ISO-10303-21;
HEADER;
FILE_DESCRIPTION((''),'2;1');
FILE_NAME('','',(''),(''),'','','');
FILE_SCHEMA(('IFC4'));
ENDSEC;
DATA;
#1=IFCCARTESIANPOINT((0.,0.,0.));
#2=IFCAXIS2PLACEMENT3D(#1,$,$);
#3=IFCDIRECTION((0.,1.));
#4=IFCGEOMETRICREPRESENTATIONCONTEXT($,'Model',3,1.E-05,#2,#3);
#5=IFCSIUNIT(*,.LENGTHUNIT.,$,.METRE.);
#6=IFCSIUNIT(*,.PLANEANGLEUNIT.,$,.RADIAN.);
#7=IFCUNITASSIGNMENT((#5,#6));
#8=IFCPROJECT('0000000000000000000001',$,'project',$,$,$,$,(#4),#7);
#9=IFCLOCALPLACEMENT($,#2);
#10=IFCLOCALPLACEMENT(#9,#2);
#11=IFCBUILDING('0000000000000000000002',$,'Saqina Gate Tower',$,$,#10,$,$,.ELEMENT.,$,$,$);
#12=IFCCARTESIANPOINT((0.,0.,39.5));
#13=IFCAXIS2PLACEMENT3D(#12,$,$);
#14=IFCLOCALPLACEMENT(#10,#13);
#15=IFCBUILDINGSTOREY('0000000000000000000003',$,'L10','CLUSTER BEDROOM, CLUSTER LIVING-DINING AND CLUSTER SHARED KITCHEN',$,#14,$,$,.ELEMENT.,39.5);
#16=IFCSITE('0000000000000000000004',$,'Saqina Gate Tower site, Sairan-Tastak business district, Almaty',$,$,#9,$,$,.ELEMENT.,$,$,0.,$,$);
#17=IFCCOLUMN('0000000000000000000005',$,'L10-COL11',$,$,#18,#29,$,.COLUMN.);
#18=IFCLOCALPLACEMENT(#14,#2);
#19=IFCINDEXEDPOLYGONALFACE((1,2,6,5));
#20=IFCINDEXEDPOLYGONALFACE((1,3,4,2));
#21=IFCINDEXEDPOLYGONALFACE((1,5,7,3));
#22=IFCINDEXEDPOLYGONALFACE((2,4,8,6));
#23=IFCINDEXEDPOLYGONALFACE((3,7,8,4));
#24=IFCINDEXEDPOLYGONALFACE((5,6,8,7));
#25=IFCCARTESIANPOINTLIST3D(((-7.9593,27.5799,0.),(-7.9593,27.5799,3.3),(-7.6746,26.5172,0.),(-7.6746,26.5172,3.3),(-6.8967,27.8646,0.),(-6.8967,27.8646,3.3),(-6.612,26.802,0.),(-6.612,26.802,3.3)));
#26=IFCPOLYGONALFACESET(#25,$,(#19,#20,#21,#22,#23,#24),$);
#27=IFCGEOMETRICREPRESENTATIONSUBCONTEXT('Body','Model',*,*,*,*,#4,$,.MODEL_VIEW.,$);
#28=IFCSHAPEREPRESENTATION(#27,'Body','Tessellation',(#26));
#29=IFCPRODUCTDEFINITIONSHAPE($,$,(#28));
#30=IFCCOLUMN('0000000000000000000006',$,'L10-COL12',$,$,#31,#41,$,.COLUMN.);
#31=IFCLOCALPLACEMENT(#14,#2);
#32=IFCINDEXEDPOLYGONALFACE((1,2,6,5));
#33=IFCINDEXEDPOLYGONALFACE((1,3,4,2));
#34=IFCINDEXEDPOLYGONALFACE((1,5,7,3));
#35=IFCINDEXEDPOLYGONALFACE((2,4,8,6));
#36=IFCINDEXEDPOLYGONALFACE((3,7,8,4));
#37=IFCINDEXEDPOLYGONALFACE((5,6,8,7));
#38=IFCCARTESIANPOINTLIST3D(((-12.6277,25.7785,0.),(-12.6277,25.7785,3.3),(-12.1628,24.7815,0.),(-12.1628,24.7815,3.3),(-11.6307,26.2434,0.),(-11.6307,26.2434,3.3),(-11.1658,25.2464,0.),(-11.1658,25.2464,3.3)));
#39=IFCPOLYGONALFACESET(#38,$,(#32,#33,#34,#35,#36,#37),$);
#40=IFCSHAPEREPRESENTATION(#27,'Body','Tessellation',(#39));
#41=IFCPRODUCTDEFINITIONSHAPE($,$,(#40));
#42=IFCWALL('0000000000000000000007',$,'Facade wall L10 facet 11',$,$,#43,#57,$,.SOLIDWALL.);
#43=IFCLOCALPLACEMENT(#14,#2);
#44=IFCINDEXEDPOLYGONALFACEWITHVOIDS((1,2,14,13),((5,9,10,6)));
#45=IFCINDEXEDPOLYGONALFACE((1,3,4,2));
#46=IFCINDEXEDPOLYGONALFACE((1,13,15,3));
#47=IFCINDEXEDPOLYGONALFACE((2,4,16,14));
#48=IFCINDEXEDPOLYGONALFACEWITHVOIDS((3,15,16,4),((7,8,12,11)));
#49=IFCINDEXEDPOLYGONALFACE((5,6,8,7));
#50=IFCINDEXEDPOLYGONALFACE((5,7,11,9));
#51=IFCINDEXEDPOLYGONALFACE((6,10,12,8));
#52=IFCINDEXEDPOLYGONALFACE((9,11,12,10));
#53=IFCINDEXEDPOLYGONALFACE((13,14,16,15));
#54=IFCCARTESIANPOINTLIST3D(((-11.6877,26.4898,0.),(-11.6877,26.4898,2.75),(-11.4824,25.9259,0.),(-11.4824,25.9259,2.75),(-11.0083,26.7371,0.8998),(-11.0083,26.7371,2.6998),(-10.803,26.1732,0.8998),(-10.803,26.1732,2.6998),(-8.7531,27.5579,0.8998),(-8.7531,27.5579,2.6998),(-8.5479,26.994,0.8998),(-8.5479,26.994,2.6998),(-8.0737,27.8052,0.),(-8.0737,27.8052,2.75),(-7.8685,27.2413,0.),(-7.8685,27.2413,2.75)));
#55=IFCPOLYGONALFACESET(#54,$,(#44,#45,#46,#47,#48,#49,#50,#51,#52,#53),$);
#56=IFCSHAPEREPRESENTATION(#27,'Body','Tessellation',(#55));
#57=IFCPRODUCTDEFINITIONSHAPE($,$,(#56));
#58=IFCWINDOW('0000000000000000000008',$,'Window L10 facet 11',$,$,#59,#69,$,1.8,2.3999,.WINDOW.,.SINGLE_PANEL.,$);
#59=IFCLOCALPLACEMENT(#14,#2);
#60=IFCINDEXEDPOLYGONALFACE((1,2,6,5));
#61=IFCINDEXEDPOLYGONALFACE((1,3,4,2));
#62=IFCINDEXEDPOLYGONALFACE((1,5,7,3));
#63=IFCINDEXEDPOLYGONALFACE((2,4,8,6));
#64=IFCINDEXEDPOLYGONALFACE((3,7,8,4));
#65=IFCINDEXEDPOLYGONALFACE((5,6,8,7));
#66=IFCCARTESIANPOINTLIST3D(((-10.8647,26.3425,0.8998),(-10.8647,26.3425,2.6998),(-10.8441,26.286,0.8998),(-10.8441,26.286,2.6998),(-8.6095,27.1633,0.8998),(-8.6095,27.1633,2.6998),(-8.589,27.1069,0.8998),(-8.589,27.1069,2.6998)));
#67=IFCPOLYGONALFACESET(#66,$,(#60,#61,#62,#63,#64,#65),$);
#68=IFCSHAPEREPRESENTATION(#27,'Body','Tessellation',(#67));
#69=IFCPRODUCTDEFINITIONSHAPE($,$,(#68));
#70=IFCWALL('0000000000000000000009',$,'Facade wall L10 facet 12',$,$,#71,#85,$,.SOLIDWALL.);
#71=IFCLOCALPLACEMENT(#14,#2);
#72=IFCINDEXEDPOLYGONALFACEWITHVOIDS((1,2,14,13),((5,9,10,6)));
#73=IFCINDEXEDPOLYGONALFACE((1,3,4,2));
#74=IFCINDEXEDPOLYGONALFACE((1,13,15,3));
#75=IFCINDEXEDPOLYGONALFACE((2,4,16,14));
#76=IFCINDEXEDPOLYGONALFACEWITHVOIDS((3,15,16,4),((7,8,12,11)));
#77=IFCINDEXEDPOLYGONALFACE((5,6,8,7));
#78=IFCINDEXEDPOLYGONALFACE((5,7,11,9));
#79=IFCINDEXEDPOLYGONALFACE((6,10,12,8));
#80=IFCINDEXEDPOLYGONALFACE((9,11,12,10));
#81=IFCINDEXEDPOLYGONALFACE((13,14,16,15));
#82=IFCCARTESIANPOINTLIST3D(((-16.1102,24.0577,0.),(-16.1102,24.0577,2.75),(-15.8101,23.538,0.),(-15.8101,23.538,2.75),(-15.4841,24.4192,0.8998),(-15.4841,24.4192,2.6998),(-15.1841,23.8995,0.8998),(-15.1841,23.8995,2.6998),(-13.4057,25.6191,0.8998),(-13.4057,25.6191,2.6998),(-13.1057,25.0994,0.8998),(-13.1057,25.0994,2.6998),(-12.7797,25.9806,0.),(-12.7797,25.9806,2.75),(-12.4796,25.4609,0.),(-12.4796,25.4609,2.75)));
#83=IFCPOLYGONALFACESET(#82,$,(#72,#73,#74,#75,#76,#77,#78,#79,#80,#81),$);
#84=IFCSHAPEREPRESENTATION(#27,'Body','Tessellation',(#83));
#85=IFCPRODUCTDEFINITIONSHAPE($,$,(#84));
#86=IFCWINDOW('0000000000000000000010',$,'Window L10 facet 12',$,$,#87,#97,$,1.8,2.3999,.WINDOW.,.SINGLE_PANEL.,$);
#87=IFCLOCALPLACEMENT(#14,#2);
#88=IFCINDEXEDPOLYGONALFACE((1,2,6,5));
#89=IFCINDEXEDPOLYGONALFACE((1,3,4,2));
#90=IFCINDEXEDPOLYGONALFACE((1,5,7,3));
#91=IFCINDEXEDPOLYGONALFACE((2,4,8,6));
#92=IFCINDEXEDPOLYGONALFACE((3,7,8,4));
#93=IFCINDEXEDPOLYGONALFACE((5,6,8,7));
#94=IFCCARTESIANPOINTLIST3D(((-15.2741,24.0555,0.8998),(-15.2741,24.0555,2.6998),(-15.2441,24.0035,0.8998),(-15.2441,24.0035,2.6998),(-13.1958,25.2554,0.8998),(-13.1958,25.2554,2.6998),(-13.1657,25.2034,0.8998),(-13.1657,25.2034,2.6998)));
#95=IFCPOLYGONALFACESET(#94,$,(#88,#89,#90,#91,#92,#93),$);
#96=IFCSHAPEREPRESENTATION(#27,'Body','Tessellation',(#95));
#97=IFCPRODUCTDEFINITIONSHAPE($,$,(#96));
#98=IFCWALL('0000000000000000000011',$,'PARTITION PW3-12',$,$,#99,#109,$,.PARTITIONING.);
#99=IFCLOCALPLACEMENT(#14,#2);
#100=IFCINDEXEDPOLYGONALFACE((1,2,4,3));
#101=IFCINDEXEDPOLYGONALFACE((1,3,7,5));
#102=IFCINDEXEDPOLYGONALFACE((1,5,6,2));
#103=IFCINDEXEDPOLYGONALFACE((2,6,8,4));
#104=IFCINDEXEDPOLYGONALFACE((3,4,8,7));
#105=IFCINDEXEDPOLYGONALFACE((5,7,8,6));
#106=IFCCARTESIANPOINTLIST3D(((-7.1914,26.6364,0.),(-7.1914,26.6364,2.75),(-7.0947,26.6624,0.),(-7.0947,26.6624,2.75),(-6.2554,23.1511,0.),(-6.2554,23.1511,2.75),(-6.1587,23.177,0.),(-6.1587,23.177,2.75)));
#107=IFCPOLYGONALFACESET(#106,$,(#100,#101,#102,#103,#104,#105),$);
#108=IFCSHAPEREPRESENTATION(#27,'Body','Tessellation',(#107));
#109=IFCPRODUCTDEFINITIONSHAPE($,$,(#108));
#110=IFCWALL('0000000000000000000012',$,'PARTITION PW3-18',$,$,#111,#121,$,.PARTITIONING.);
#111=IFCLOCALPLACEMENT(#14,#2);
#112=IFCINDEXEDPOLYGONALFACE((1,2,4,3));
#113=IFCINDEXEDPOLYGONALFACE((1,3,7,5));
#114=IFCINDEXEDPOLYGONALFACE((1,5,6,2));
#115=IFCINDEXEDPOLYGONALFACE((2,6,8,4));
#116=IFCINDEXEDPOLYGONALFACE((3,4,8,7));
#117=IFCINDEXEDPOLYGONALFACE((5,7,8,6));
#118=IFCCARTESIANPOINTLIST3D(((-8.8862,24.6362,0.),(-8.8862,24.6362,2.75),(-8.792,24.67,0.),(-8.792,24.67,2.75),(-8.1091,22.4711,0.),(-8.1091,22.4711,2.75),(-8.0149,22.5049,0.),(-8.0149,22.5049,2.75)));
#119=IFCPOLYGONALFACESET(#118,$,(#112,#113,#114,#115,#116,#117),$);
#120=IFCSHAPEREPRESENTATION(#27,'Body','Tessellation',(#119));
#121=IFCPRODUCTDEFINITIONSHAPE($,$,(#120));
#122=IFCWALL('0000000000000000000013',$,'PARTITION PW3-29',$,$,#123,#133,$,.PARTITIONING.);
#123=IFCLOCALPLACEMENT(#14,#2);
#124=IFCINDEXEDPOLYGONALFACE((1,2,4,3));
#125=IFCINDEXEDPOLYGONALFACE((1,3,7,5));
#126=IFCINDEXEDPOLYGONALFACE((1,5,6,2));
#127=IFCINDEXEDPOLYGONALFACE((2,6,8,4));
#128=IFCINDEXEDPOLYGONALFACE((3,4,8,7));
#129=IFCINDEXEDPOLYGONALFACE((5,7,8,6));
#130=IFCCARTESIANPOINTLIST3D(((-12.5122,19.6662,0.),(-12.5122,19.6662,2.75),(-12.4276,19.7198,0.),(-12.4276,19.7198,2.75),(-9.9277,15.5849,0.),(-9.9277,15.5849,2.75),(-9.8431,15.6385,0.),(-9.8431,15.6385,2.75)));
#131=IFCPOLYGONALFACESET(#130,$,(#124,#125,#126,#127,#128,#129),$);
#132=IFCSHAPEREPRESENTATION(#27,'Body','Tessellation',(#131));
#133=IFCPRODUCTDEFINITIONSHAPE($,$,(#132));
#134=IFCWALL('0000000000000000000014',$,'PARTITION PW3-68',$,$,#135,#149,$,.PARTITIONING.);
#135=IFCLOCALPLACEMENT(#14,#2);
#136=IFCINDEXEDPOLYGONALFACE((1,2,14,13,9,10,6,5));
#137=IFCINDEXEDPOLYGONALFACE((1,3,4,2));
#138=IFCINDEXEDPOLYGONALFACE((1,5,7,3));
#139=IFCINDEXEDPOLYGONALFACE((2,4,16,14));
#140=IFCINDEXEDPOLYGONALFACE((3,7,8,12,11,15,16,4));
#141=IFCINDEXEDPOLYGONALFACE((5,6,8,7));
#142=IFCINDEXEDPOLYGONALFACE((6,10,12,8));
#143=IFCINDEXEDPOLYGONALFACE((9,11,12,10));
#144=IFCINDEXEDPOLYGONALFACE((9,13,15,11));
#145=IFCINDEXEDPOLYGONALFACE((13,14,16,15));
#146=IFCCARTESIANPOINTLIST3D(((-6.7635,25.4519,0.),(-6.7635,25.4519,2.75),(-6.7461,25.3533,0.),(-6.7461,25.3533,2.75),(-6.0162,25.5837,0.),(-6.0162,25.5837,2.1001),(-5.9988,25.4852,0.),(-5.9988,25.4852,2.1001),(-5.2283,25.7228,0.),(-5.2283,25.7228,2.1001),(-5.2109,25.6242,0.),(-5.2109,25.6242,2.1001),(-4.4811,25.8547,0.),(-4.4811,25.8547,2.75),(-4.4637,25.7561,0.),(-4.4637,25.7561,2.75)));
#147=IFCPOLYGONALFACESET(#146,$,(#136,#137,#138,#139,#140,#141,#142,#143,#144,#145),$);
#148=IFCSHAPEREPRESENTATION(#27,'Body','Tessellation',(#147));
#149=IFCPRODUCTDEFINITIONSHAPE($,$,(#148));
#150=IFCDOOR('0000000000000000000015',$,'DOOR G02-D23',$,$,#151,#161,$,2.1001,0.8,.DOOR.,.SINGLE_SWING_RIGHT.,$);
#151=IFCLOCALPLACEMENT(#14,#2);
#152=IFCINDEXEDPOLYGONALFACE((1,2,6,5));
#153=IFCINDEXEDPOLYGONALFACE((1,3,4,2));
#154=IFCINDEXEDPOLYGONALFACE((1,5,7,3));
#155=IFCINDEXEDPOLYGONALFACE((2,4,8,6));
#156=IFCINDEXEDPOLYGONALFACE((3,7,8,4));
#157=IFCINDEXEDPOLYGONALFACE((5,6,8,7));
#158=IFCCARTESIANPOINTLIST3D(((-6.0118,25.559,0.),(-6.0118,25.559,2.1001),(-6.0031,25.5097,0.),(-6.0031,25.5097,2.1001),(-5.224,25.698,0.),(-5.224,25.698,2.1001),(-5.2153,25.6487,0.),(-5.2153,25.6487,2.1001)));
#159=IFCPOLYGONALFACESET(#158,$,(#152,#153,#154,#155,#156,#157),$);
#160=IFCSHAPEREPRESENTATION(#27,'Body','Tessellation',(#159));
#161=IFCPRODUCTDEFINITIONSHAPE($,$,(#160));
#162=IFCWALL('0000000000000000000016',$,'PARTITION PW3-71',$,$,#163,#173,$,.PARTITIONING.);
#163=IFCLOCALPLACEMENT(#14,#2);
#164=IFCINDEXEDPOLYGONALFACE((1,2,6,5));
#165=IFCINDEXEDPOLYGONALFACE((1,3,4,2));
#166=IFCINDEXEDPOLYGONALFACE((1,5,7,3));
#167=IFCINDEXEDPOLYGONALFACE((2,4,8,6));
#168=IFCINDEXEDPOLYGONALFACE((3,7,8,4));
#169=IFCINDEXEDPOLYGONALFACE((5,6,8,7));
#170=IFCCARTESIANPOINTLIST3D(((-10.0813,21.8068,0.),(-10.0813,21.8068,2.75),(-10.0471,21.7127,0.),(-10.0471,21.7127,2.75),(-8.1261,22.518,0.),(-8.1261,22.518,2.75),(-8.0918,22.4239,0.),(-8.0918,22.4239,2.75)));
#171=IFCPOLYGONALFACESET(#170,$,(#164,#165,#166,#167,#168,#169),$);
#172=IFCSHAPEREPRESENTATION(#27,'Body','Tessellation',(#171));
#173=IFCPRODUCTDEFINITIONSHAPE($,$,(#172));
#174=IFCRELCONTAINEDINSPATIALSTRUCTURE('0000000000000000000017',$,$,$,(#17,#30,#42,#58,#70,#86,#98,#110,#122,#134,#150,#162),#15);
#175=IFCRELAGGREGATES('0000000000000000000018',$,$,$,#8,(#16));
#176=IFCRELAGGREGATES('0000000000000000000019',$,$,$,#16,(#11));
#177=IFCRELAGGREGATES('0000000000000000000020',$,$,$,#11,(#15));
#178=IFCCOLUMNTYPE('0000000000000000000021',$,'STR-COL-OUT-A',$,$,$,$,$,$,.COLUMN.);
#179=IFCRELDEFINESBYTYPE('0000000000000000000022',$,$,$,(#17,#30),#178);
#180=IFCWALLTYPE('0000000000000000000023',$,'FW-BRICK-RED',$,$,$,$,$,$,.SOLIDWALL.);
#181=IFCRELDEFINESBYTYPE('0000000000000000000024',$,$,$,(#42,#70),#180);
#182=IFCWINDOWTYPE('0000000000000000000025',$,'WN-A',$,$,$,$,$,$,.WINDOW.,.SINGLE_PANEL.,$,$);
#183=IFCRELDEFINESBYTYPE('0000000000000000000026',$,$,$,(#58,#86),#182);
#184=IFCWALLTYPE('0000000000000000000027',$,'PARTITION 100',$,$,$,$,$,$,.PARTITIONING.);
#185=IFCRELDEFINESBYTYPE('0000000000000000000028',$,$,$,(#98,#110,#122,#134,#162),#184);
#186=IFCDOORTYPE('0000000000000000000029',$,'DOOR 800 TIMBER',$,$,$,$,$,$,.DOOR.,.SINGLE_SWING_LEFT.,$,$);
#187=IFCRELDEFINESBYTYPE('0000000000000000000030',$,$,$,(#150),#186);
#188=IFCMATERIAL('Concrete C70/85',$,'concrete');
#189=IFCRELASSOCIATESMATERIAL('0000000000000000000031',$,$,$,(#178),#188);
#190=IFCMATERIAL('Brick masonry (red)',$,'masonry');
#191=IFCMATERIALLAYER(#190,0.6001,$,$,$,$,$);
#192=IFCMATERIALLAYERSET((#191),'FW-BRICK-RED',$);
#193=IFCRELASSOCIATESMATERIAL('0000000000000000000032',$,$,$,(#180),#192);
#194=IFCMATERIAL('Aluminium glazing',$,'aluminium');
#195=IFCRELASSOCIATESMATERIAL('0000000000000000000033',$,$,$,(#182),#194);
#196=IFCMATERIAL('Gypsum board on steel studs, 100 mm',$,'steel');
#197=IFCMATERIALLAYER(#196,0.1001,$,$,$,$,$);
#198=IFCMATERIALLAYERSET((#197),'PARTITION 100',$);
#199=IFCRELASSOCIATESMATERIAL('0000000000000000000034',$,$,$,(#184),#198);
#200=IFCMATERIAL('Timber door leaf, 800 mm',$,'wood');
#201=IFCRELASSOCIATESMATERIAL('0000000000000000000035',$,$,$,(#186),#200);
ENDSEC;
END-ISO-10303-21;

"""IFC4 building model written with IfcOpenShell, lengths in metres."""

from ifc_helpers import new_model, si_unit, direction, frame, frame_2d, origin, origin_2d, place, context, subcontext, project, spatial, rectangle, extrude, material, layer, layer_set, material_profile, profile_set, type_object, element, fill, save


model = new_model("IFC4")

# Units and contexts
model_context = context("Model", 3, precision=1e-05, world=origin(), true_north=direction((0.0, 1.0)))
body_context = subcontext(model_context, "Body", "Model", "MODEL_VIEW")
ifc_project = project(units=[si_unit("LENGTHUNIT", "METRE"), si_unit("PLANEANGLEUNIT", "RADIAN")], contexts=[model_context])

# Site, building, storey
site_placement = place(None, origin())
site = spatial("IfcSite", under=ifc_project, at=site_placement, Name="Saqina Gate Tower site, Sairan-Tastak business district, Almaty", CompositionType="ELEMENT", RefElevation=0.0)
building_placement = place(site_placement, origin())
building = spatial("IfcBuilding", under=site, at=building_placement, Name="Saqina Gate Tower", CompositionType="ELEMENT")
storey_placement = place(building_placement, frame((0.0, 0.0, 39.5)))
storey = spatial("IfcBuildingStorey", under=building, at=storey_placement, Name="L10", Description="CLUSTER BEDROOM, CLUSTER LIVING-DINING AND CLUSTER SHARED KITCHEN", CompositionType="ELEMENT", Elevation=39.5)

# Columns
ifc_material_1 = material(Name="Concrete C70/85", Category="concrete")
ifc_material_profile = material_profile(ifc_material_1, rectangle(XDim=1.1001, YDim=1.1001, at=origin_2d()), Name="RC 1100x1100")
ifc_profile_set = profile_set([ifc_material_profile], Name="Concrete C70/85")
column_type = type_object("IfcColumnType", Name="STR-COL-OUT-A", PredefinedType="COLUMN", material=ifc_profile_set)
for number, where, z_axis, x_axis, name in (
    (1, (-7.2856, 27.1909, 0.0), (0.0, 0.0, 1.0), (-0.258819, 0.965926, 0.0), "L10-COL11"),
    (2, (-11.8967, 25.5125, 0.0), (0.0, 0.0, 1.0), (-0.422618, 0.906308, 0.0), "L10-COL12"),
):
    element("IfcColumn", number, at=place(storey_placement, frame(where, z_axis=z_axis, x_axis=x_axis)), inside=storey, type_object=column_type, Name=name, PredefinedType="COLUMN", context=body_context, shape_type="SweptSolid", body=[
        extrude(rectangle(XDim=1.1001, YDim=1.1001, at=origin_2d()), origin(), (0.0, 0.0, 1.0), 3.3),
    ])

# Walls, openings, windows
ifc_material_2 = material(Name="Brick masonry (red)", Category="masonry")
ifc_layer_1 = layer(ifc_material_2, 0.6001)
ifc_layer_set_1 = layer_set([ifc_layer_1], Name="FW-BRICK-RED")
wall_type_1 = type_object("IfcWallType", Name="FW-BRICK-RED", PredefinedType="SOLIDWALL", material=ifc_layer_set_1)
wall_1_placement = place(storey_placement, frame((-7.9712, 27.5232, 0.0), z_axis=(0.0, 0.0, 1.0), x_axis=(-0.93969, -0.342028, 0.0)))
wall_1 = element("IfcWall", 3, at=wall_1_placement, inside=storey, type_object=wall_type_1, Name="Facade wall L10 facet 11", PredefinedType="SOLIDWALL", context=body_context, shape_type="SweptSolid", body=[
    extrude(rectangle(XDim=3.8459, YDim=0.6001, at=frame_2d((1.9229, 0.0))), origin(), (0.0, 0.0, 1.0), 2.75),
])
opening_1_placement = place(wall_1_placement, frame((0.7229, 0.0, 0.8999)))
opening_1 = element("IfcOpeningElement", 4, at=opening_1_placement, cuts=wall_1, PredefinedType="OPENING", context=body_context, shape_type="SweptSolid", body=[
    extrude(rectangle(XDim=2.3999, YDim=1.8, at=frame_2d((1.2, 0.8999))), frame((0.0, 0.312, 0.0), z_axis=(0.0, -1.0, 0.0), x_axis=(1.0, 0.0, 0.0)), (0.0, 0.0, 1.0), 0.624),
])
ifc_material_3 = material(Name="Aluminium glazing", Category="aluminium")
window_type = type_object("IfcWindowType", Name="WN-A", PartitioningType="SINGLE_PANEL", PredefinedType="WINDOW", material=ifc_material_3)
window_1_placement = place(opening_1_placement, origin())
window_1 = element("IfcWindow", 5, at=window_1_placement, inside=storey, type_object=window_type, Name="Window L10 facet 11", OverallHeight=1.8, OverallWidth=2.3999, PartitioningType="SINGLE_PANEL", PredefinedType="WINDOW", context=body_context, shape_type="SweptSolid", body=[
    extrude(rectangle(XDim=2.3999, YDim=1.8, at=frame_2d((1.2, 0.8999))), frame((0.0, 0.1799, 0.0), z_axis=(0.0, -1.0, 0.0), x_axis=(1.0, 0.0, 0.0)), (0.0, 0.0, 1.0), 0.0601),
])
fill(opening_1, window_1)
wall_2_placement = place(storey_placement, frame((-12.6296, 25.7207, 0.0), z_axis=(0.0, 0.0, 1.0), x_axis=(-0.866031, -0.49999, 0.0)))
wall_2 = element("IfcWall", 6, at=wall_2_placement, inside=storey, type_object=wall_type_1, Name="Facade wall L10 facet 12", PredefinedType="SOLIDWALL", context=body_context, shape_type="SweptSolid", body=[
    extrude(rectangle(XDim=3.8457, YDim=0.6001, at=frame_2d((1.9229, 0.0))), origin(), (0.0, 0.0, 1.0), 2.75),
])
opening_2_placement = place(wall_2_placement, frame((0.7229, 0.0, 0.8999)))
opening_2 = element("IfcOpeningElement", 7, at=opening_2_placement, cuts=wall_2, PredefinedType="OPENING", context=body_context, shape_type="SweptSolid", body=[
    extrude(rectangle(XDim=2.3999, YDim=1.8, at=frame_2d((1.2, 0.8999))), frame((0.0, 0.312, 0.0), z_axis=(0.0, -1.0, 0.0), x_axis=(1.0, 0.0, 0.0)), (0.0, 0.0, 1.0), 0.624),
])
window_2_placement = place(opening_2_placement, origin())
window_2 = element("IfcWindow", 8, at=window_2_placement, inside=storey, type_object=window_type, Name="Window L10 facet 12", OverallHeight=1.8, OverallWidth=2.3999, PartitioningType="SINGLE_PANEL", PredefinedType="WINDOW", context=body_context, shape_type="SweptSolid", body=[
    extrude(rectangle(XDim=2.3999, YDim=1.8, at=frame_2d((1.2, 0.8999))), frame((0.0, 0.1799, 0.0), z_axis=(0.0, -1.0, 0.0), x_axis=(1.0, 0.0, 0.0)), (0.0, 0.0, 1.0), 0.0601),
])
fill(opening_2, window_2)

# Walls
ifc_material_4 = material(Name="Gypsum board on steel studs, 100 mm", Category="steel")
ifc_layer_2 = layer(ifc_material_4, 0.1001)
ifc_layer_set_2 = layer_set([ifc_layer_2], Name="PARTITION 100")
wall_type_2 = type_object("IfcWallType", Name="PARTITION 100", PredefinedType="PARTITIONING", material=ifc_layer_set_2)
wall_3_placement = place(storey_placement, frame((-7.1431, 26.6494, 0.0), z_axis=(0.0, 0.0, 1.0), x_axis=(0.259372, -0.965778, 0.0)))
element("IfcWall", 9, at=wall_3_placement, inside=storey, type_object=wall_type_2, Name="PARTITION PW3-12", PredefinedType="PARTITIONING", context=body_context, shape_type="SweptSolid", body=[
    extrude(rectangle(XDim=3.6089, YDim=0.1001, at=frame_2d((1.8044, 0.0))), origin(), (0.0, 0.0, 1.0), 2.75),
])
wall_4_placement = place(storey_placement, frame((-8.8391, 24.6531, 0.0), z_axis=(0.0, 0.0, 1.0), x_axis=(0.337829, -0.941208, 0.0)))
element("IfcWall", 10, at=wall_4_placement, inside=storey, type_object=wall_type_2, Name="PARTITION PW3-18", PredefinedType="PARTITIONING", context=body_context, shape_type="SweptSolid", body=[
    extrude(rectangle(XDim=2.3003, YDim=0.1001, at=frame_2d((1.1501, 0.0))), origin(), (0.0, 0.0, 1.0), 2.75),
])
wall_5_placement = place(storey_placement, frame((-12.47, 19.6931, 0.0), z_axis=(0.0, 0.0, 1.0), x_axis=(0.535, -0.844852, 0.0)))
element("IfcWall", 11, at=wall_5_placement, inside=storey, type_object=wall_type_2, Name="PARTITION PW3-29", PredefinedType="PARTITIONING", context=body_context, shape_type="SweptSolid", body=[
    extrude(rectangle(XDim=4.8308, YDim=0.1001, at=frame_2d((2.4155, 0.0))), origin(), (0.0, 0.0, 1.0), 2.75),
])

# Wall, opening, door
wall_6_placement = place(storey_placement, frame((-6.7546, 25.4026, 0.0), z_axis=(0.0, 0.0, 1.0), x_axis=(0.98478, 0.173803, 0.0)))
wall_6 = element("IfcWall", 12, at=wall_6_placement, inside=storey, type_object=wall_type_2, Name="PARTITION PW3-68", PredefinedType="PARTITIONING", context=body_context, shape_type="SweptSolid", body=[
    extrude(rectangle(XDim=2.3176, YDim=0.1001, at=frame_2d((1.1587, 0.0))), origin(), (0.0, 0.0, 1.0), 2.75),
])
opening_3_placement = place(wall_6_placement, frame((0.7588, 0.0, 0.0)))
opening_3 = element("IfcOpeningElement", 13, at=opening_3_placement, cuts=wall_6, PredefinedType="OPENING", context=body_context, shape_type="SweptSolid", body=[
    extrude(rectangle(XDim=0.8, YDim=2.1001, at=frame_2d((0.3999, 1.05))), frame((0.0, 0.062, 0.0), z_axis=(0.0, -1.0, 0.0), x_axis=(1.0, 0.0, 0.0)), (0.0, 0.0, 1.0), 0.124),
])
ifc_material_5 = material(Name="Timber door leaf, 800 mm", Category="wood")
door_type_1 = type_object("IfcDoorType", Name="DOOR 800 TIMBER", OperationType="SINGLE_SWING_LEFT", PredefinedType="DOOR", material=ifc_material_5)
door_1_placement = place(opening_3_placement, origin())
door_1 = element("IfcDoor", 14, at=door_1_placement, inside=storey, type_object=door_type_1, Name="DOOR G02-D23", OperationType="SINGLE_SWING_RIGHT", OverallHeight=2.1001, OverallWidth=0.8, PredefinedType="DOOR", context=body_context, shape_type="SweptSolid", body=[
    extrude(rectangle(XDim=0.8, YDim=2.1001, at=frame_2d((0.3999, 1.05))), frame((0.0, 0.0249, 0.0), z_axis=(0.0, -1.0, 0.0), x_axis=(1.0, 0.0, 0.0)), (0.0, 0.0, 1.0), 0.05),
])
fill(opening_3, door_1)

# Wall
wall_7_placement = place(storey_placement, frame((-10.0642, 21.7598, 0.0), z_axis=(0.0, 0.0, 1.0), x_axis=(0.939769, 0.341809, 0.0)))
element("IfcWall", 15, at=wall_7_placement, inside=storey, type_object=wall_type_2, Name="PARTITION PW3-71", PredefinedType="PARTITIONING", context=body_context, shape_type="SweptSolid", body=[
    extrude(rectangle(XDim=2.0806, YDim=0.1001, at=frame_2d((1.0403, 0.0))), origin(), (0.0, 0.0, 1.0), 2.75),
])

save(model, "model.ifc")
